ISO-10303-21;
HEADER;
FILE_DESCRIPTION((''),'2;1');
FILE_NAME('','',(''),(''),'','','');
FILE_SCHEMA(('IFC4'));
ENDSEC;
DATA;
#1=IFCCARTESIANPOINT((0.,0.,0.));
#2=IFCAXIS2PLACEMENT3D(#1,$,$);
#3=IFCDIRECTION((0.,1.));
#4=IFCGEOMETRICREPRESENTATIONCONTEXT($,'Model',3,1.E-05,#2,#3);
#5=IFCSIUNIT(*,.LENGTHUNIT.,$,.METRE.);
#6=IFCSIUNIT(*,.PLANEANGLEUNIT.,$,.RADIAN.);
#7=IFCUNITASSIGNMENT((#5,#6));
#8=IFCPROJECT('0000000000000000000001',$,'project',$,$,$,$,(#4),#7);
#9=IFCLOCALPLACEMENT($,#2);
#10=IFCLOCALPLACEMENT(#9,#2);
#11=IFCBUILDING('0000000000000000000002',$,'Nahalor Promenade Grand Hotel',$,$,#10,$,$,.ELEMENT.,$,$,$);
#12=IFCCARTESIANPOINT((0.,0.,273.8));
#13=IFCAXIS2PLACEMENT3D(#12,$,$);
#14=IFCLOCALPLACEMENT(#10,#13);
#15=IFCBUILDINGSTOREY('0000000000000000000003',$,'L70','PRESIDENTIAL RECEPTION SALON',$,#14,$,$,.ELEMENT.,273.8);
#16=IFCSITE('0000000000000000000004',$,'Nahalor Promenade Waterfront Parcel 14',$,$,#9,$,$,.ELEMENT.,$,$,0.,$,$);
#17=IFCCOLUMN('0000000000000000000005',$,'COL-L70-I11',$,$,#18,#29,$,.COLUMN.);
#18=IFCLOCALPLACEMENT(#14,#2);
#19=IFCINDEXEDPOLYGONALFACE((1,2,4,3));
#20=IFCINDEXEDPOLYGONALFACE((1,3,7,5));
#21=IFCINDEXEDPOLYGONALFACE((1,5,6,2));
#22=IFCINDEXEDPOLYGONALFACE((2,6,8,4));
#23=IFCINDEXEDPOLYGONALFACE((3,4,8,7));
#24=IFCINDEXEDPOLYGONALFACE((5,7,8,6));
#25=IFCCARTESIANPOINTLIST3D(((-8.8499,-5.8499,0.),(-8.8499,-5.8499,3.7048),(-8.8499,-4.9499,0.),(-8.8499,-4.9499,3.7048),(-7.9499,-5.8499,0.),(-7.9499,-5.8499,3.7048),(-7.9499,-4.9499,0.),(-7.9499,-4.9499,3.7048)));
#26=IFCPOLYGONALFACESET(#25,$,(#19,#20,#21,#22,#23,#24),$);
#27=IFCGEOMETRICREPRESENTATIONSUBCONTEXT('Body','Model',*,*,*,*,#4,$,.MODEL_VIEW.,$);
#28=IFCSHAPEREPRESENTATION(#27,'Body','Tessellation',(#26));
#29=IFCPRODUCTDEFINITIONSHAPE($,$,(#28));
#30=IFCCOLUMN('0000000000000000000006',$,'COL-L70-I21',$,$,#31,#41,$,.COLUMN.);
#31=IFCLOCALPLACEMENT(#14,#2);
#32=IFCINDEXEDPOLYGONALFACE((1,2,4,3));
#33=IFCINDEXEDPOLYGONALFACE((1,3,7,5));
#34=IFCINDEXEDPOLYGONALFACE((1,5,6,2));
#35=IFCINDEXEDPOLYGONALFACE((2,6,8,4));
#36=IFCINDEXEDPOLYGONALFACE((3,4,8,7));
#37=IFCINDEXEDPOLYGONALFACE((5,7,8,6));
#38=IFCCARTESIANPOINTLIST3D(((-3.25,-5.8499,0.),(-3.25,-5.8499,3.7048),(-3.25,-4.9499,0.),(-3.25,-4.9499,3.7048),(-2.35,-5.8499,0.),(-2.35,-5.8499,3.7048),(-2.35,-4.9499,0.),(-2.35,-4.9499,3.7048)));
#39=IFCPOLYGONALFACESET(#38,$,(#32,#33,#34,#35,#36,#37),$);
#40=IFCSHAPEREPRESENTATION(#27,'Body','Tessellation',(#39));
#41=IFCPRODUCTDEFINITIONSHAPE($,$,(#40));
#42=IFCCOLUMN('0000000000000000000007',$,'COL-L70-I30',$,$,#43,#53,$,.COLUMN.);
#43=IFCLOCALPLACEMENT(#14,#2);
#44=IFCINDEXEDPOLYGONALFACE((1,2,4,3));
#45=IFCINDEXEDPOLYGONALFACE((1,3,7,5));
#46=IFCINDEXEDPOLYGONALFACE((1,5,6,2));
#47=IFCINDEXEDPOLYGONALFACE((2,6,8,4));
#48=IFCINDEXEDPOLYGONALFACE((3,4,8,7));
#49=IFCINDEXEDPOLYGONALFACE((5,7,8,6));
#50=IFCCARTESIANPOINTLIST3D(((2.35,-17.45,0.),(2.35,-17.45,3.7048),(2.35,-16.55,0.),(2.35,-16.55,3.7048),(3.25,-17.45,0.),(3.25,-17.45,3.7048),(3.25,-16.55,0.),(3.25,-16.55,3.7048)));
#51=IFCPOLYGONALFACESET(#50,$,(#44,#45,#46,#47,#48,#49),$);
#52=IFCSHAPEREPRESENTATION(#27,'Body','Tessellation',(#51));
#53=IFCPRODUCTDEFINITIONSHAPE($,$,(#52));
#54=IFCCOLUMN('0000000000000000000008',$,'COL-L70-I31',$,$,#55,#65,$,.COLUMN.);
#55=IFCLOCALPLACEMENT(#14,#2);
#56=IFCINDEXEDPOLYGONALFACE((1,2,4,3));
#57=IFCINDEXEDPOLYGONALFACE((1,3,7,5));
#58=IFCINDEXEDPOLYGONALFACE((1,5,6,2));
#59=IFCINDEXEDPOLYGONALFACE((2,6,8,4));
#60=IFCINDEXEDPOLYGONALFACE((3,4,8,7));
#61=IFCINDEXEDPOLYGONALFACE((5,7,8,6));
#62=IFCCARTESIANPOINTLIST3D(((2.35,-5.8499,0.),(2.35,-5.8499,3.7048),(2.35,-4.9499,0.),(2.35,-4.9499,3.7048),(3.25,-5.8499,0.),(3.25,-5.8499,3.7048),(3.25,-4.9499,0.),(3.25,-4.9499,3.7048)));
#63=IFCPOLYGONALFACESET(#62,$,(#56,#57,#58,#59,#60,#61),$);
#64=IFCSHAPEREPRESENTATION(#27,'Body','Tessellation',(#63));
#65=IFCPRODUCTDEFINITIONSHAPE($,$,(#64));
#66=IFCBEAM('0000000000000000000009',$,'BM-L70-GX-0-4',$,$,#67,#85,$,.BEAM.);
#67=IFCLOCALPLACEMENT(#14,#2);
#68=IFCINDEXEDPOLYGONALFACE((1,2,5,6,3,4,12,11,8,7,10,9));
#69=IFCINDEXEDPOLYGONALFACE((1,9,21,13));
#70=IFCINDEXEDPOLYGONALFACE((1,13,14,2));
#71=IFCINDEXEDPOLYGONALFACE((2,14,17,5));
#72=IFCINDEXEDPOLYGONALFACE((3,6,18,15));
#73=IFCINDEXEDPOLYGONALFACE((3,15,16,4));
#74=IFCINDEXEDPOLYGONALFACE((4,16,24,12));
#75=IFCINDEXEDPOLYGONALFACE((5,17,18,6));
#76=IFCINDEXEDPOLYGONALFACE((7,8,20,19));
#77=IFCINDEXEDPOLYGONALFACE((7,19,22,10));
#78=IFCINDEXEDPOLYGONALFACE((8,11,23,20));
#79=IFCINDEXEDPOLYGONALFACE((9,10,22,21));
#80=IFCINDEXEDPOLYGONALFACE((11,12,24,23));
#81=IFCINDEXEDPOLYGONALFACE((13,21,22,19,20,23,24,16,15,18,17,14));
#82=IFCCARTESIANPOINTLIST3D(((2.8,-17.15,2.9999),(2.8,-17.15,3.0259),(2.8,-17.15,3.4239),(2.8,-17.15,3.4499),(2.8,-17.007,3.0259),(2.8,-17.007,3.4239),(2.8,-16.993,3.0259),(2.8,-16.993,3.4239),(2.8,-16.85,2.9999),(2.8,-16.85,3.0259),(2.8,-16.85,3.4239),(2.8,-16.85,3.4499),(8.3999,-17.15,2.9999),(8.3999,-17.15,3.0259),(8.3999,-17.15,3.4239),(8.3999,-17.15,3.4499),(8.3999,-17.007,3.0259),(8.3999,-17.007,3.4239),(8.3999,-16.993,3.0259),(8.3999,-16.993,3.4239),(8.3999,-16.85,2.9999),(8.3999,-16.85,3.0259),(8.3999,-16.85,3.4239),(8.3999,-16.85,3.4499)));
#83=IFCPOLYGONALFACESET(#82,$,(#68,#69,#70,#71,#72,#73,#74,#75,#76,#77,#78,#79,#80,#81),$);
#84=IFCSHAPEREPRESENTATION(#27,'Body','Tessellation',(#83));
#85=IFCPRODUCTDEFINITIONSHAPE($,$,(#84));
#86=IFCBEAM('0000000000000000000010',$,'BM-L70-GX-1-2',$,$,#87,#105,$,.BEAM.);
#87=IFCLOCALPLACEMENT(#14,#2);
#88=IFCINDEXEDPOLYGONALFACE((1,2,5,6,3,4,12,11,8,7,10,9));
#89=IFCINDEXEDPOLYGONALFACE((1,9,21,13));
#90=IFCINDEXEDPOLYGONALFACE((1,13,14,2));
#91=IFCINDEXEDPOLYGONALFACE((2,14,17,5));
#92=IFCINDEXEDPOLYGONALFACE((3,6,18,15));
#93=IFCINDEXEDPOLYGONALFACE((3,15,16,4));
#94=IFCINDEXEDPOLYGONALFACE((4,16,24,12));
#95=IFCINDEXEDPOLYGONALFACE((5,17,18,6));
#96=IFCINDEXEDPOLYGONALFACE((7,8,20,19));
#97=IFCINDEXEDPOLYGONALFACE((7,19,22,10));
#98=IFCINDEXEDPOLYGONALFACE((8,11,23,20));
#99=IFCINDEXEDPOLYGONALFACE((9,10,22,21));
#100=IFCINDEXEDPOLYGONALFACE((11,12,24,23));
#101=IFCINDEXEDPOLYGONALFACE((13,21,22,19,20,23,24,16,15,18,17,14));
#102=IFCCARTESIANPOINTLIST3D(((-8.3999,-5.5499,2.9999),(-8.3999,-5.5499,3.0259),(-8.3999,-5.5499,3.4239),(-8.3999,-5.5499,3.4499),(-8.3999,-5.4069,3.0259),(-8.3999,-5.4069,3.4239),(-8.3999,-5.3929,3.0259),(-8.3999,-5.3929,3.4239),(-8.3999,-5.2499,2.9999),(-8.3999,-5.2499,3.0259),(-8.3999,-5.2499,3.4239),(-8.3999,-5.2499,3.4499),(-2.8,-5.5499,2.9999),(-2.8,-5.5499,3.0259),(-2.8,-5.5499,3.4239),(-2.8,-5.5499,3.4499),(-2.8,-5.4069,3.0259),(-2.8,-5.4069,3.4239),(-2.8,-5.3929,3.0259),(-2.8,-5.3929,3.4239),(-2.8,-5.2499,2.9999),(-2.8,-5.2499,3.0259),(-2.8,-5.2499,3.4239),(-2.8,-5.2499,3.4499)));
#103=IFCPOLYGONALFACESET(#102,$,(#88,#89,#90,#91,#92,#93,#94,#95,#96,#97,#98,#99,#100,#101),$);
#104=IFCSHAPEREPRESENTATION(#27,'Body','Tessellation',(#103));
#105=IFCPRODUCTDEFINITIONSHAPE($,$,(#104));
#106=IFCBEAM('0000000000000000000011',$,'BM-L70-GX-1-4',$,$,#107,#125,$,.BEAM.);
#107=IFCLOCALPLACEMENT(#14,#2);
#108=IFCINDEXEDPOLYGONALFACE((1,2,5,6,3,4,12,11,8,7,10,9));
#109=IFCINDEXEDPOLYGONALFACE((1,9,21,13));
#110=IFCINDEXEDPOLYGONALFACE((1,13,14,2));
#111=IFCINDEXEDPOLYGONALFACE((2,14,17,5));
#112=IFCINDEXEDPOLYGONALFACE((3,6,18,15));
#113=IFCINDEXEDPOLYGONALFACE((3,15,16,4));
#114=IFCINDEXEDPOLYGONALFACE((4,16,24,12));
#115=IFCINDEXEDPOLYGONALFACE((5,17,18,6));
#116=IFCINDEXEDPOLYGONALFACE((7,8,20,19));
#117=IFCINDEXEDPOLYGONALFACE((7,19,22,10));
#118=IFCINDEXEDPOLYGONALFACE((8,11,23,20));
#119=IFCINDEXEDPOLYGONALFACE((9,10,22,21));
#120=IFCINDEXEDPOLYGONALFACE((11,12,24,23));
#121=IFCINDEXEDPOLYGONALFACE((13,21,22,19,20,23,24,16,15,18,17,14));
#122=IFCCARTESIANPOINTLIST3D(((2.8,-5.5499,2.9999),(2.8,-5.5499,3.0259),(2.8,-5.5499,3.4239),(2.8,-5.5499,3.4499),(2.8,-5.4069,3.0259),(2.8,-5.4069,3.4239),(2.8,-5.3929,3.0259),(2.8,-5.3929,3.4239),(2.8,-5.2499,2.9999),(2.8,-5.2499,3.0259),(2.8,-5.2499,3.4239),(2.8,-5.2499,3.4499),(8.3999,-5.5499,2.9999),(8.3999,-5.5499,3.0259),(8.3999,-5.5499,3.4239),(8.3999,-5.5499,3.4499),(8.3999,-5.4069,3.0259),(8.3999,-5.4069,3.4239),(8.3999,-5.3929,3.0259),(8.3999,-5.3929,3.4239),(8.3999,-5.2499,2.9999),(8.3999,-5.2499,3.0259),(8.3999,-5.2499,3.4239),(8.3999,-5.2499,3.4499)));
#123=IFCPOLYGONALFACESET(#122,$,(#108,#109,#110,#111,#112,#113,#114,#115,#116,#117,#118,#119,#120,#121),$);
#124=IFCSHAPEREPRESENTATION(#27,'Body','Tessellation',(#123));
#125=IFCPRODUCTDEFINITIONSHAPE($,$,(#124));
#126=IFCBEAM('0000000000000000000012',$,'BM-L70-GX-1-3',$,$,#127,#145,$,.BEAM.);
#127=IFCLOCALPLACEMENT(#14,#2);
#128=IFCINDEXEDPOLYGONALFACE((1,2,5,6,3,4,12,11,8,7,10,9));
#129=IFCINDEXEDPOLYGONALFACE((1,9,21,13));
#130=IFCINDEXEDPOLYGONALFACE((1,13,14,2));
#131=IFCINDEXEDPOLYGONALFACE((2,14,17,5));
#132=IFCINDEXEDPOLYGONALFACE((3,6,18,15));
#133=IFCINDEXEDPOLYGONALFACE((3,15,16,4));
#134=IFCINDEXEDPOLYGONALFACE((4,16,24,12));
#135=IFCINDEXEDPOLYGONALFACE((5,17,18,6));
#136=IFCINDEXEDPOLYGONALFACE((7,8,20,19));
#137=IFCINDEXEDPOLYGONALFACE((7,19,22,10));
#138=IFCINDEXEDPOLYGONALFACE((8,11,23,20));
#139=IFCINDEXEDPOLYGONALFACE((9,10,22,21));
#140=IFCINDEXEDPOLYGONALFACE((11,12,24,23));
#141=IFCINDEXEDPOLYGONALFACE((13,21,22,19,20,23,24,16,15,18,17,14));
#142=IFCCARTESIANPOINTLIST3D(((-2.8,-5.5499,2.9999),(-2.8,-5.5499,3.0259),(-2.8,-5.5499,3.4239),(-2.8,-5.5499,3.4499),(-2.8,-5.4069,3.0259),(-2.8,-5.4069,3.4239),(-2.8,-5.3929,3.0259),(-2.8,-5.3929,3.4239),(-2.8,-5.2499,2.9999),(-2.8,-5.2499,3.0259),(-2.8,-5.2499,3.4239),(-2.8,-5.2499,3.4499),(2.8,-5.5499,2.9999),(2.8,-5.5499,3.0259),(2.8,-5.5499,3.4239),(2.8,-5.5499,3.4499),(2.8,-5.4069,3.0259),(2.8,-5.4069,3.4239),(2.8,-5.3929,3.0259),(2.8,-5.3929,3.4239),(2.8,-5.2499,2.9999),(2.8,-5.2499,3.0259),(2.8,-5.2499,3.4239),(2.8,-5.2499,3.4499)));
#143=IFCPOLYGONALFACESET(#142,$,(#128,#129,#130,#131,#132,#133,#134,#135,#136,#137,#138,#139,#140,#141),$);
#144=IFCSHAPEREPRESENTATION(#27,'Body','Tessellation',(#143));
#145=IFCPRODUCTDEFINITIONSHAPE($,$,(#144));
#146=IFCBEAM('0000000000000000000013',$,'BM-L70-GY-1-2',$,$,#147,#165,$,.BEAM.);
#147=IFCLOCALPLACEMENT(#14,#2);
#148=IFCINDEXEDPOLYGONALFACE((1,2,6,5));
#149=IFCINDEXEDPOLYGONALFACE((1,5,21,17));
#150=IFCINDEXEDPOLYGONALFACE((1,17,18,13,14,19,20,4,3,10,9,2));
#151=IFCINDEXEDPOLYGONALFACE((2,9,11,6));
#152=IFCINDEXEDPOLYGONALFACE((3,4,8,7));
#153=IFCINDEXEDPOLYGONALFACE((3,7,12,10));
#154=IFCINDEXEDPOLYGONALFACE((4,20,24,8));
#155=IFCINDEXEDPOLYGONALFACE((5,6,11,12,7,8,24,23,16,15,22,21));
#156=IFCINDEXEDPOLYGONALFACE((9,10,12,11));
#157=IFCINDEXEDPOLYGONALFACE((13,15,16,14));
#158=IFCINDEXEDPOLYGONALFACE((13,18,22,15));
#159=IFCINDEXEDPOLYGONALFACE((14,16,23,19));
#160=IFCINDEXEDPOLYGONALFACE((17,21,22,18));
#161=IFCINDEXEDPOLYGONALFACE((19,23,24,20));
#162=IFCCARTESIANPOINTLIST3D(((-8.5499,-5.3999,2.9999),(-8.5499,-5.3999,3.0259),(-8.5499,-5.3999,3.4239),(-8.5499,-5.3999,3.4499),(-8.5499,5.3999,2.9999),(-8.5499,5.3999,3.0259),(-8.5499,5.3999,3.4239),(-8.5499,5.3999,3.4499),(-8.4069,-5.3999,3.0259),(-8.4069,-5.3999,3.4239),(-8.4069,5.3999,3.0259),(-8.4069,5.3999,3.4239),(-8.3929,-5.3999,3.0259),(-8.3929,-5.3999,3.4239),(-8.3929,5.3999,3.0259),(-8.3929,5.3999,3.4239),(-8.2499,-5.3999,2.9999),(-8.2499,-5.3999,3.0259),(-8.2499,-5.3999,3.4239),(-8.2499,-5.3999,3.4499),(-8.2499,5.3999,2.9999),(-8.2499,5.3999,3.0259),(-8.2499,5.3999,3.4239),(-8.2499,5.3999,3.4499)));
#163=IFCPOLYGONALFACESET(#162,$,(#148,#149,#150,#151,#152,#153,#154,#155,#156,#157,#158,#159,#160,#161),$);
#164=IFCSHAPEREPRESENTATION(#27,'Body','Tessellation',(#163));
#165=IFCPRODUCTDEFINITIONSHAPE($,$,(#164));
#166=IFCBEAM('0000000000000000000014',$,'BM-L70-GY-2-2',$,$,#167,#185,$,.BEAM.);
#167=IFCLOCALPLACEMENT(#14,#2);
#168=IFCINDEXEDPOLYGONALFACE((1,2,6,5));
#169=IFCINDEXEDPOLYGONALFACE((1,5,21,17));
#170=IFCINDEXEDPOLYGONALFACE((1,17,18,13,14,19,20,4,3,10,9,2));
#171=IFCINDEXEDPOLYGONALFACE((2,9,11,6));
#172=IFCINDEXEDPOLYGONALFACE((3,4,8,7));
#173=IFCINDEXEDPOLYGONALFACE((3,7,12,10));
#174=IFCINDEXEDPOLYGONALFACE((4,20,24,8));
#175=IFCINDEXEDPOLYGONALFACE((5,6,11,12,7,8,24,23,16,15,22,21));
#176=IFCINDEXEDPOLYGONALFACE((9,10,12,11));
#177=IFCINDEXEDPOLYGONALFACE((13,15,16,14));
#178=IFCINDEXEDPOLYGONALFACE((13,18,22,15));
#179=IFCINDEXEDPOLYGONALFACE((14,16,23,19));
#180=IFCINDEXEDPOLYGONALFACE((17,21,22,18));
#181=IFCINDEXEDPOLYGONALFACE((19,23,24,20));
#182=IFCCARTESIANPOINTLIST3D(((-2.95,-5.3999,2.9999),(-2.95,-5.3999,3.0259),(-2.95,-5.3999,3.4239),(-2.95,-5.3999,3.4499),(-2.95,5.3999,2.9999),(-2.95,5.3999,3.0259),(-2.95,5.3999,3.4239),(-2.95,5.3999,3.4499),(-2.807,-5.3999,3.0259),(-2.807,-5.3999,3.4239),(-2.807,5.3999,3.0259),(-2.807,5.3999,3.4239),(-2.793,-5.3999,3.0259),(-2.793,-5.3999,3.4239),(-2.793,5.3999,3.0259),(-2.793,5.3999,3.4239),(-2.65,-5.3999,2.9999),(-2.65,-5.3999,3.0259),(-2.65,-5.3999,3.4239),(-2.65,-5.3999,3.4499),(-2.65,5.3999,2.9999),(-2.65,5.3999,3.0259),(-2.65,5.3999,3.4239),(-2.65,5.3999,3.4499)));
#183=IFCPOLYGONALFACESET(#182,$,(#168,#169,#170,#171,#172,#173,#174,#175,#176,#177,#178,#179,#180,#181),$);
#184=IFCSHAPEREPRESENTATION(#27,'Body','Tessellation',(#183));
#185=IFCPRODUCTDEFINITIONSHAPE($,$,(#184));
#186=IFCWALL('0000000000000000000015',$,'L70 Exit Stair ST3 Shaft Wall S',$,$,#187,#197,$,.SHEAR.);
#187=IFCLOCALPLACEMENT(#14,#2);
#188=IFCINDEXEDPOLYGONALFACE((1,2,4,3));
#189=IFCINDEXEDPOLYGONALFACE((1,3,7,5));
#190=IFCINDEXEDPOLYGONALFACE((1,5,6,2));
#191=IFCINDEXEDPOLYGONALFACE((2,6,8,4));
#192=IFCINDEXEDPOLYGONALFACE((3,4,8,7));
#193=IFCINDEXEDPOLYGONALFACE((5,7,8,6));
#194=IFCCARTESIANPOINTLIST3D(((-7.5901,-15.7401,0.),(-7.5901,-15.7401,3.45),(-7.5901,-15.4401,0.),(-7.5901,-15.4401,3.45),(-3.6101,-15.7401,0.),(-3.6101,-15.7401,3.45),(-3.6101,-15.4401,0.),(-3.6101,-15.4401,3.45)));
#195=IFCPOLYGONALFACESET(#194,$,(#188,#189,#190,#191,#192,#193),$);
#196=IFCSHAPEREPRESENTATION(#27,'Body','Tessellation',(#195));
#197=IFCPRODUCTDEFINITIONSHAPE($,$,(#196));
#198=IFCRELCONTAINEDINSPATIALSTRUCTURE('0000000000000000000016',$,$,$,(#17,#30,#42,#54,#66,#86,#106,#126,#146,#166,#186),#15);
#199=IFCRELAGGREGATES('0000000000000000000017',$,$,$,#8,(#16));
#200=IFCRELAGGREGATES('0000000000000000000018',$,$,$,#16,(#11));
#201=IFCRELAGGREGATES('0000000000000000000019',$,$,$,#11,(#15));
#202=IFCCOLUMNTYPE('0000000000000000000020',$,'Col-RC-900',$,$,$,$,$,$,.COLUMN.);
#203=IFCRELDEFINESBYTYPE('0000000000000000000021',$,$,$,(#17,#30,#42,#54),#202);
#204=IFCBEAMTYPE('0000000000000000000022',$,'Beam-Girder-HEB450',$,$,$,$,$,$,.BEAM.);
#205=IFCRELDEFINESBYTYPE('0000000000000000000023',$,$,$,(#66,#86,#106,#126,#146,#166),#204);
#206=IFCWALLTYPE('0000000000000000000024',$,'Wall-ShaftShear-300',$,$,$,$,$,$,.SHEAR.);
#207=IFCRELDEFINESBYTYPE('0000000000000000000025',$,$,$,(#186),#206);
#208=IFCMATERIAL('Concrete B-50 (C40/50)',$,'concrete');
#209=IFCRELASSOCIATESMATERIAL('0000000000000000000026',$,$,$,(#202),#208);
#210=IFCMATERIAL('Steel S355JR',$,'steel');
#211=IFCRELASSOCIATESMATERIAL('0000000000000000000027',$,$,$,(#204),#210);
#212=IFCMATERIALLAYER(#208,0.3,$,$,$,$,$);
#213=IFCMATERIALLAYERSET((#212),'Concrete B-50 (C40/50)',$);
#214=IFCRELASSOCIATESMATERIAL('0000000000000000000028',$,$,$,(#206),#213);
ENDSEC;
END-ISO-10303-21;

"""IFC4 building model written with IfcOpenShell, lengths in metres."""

from ifc_helpers import new_model, si_unit, direction, frame, frame_2d, origin, origin_2d, place, context, subcontext, project, spatial, rectangle, i_section, extrude, source, transform, mapped, material, layer, layer_set, material_profile, profile_set, type_object, element, save


model = new_model("IFC4")

# Units and contexts
model_context = context("Model", 3, precision=1e-05, world=origin(), true_north=direction((0.0, 1.0)))
body_context = subcontext(model_context, "Body", "Model", "MODEL_VIEW")
ifc_project = project(units=[si_unit("LENGTHUNIT", "METRE"), si_unit("PLANEANGLEUNIT", "RADIAN")], contexts=[model_context])

# Site, building, storey
site_placement = place(None, origin())
site = spatial("IfcSite", under=ifc_project, at=site_placement, Name="Nahalor Promenade Waterfront Parcel 14", CompositionType="ELEMENT", RefElevation=0.0)
building_placement = place(site_placement, origin())
building = spatial("IfcBuilding", under=site, at=building_placement, Name="Nahalor Promenade Grand Hotel", CompositionType="ELEMENT")
storey_placement = place(building_placement, frame((0.0, 0.0, 273.8)))
storey = spatial("IfcBuildingStorey", under=building, at=storey_placement, Name="L70", Description="PRESIDENTIAL RECEPTION SALON", CompositionType="ELEMENT", Elevation=273.8)

# Columns
ifc_material_1 = material(Name="Concrete B-50 (C40/50)", Category="concrete")
ifc_material_profile_1 = material_profile(ifc_material_1, rectangle(XDim=0.9, YDim=0.9, at=origin_2d()), Name="RC 900x900")
ifc_profile_set_1 = profile_set([ifc_material_profile_1], Name="Concrete B-50 (C40/50)")
column_type = type_object("IfcColumnType", Name="Col-RC-900", PredefinedType="COLUMN", material=ifc_profile_set_1)
shared_shape_1 = source(origin(), body_context, "Body", "SweptSolid", [
    extrude(rectangle(XDim=0.9, YDim=0.9, at=origin_2d()), origin(), (0.0, 0.0, 1.0), 3.7048),
])
for number, where, z_axis, x_axis, name in (
    (1, (-8.3999, -5.3999, 0.0), (0.0, 0.0, 1.0), (1.0, 0.0, 0.0), "COL-L70-I11"),
    (2, (-2.8, -5.3999, 0.0), (0.0, 0.0, 1.0), (1.0, 0.0, 0.0), "COL-L70-I21"),
    (3, (2.8, -17.0, 0.0), (0.0, 0.0, 1.0), (1.0, 0.0, 0.0), "COL-L70-I30"),
    (4, (2.8, -5.3999, 0.0), (0.0, 0.0, 1.0), (1.0, 0.0, 0.0), "COL-L70-I31"),
):
    element("IfcColumn", number, at=place(storey_placement, frame(where, z_axis=z_axis, x_axis=x_axis)), inside=storey, type_object=column_type, Name=name, PredefinedType="COLUMN", context=body_context, shape_type="MappedRepresentation", body=[
        mapped(shared_shape_1, transform((0.0, 0.0, 0.0), scale=1.0)),
    ])

# Beams
ifc_material_2 = material(Name="Steel S355JR", Category="steel")
ifc_material_profile_2 = material_profile(ifc_material_2, i_section(OverallWidth=0.3, OverallDepth=0.45, WebThickness=0.014, FlangeThickness=0.026, at=origin_2d()), Name="HEB 450")
ifc_profile_set_2 = profile_set([ifc_material_profile_2], Name="Steel S355JR")
beam_type = type_object("IfcBeamType", Name="Beam-Girder-HEB450", PredefinedType="BEAM", material=ifc_profile_set_2)
shared_shape_2 = source(origin(), body_context, "Body", "SweptSolid", [
    extrude(i_section(OverallWidth=0.3, OverallDepth=0.45, WebThickness=0.014, FlangeThickness=0.026, at=origin_2d()), origin(), (0.0, 0.0, 1.0), 5.5999),
])
for number, where, z_axis, x_axis, name in (
    (5, (2.8, -17.0, 3.2249), (1.0, 0.0, 0.0), (0.0, 1.0, 0.0), "BM-L70-GX-0-4"),
    (6, (-8.3999, -5.3999, 3.2249), (1.0, 0.0, 0.0), (0.0, 1.0, 0.0), "BM-L70-GX-1-2"),
    (7, (2.8, -5.3999, 3.2249), (1.0, 0.0, 0.0), (0.0, 1.0, 0.0), "BM-L70-GX-1-4"),
):
    element("IfcBeam", number, at=place(storey_placement, frame(where, z_axis=z_axis, x_axis=x_axis)), inside=storey, type_object=beam_type, Name=name, PredefinedType="BEAM", context=body_context, shape_type="MappedRepresentation", body=[
        mapped(shared_shape_2, transform((0.0, 0.0, 0.0), scale=1.0)),
    ])
shared_shape_3 = source(origin(), body_context, "Body", "SweptSolid", [
    extrude(i_section(OverallWidth=0.3, OverallDepth=0.45, WebThickness=0.014, FlangeThickness=0.026, at=origin_2d()), origin(), (0.0, 0.0, 1.0), 5.6001),
])
beam_placement = place(storey_placement, frame((-2.8, -5.3999, 3.2249), z_axis=(1.0, 0.0, 0.0), x_axis=(0.0, 1.0, 0.0)))
element("IfcBeam", 8, at=beam_placement, inside=storey, type_object=beam_type, Name="BM-L70-GX-1-3", PredefinedType="BEAM", context=body_context, shape_type="MappedRepresentation", body=[
    mapped(shared_shape_3, transform((0.0, 0.0, 0.0), scale=1.0)),
])
shared_shape_4 = source(origin(), body_context, "Body", "SweptSolid", [
    extrude(i_section(OverallWidth=0.3, OverallDepth=0.45, WebThickness=0.014, FlangeThickness=0.026, at=origin_2d()), origin(), (0.0, 0.0, 1.0), 10.7998),
])
for number, where, z_axis, x_axis, name in (
    (9, (-8.3999, -5.3999, 3.2249), (0.0, 1.0, 0.0), (-1.0, 0.0, 0.0), "BM-L70-GY-1-2"),
    (10, (-2.8, -5.3999, 3.2249), (0.0, 1.0, 0.0), (-1.0, 0.0, 0.0), "BM-L70-GY-2-2"),
):
    element("IfcBeam", number, at=place(storey_placement, frame(where, z_axis=z_axis, x_axis=x_axis)), inside=storey, type_object=beam_type, Name=name, PredefinedType="BEAM", context=body_context, shape_type="MappedRepresentation", body=[
        mapped(shared_shape_4, transform((0.0, 0.0, 0.0), scale=1.0)),
    ])

# Wall
ifc_layer_1 = layer(ifc_material_1, 0.3)
ifc_layer_set_1 = layer_set([ifc_layer_1], Name="Concrete B-50 (C40/50)")
wall_type_1 = type_object("IfcWallType", Name="Wall-ShaftShear-300", PredefinedType="SHEAR", material=ifc_layer_set_1)
shared_shape_5 = source(origin(), body_context, "Body", "SweptSolid", [
    extrude(rectangle(XDim=3.98, YDim=0.3, at=frame_2d((1.99, 0.0))), origin(), (0.0, 0.0, 1.0), 3.45),
])
wall_1_placement = place(storey_placement, frame((-7.5901, -15.5901, 0.0), z_axis=(0.0, 0.0, 1.0), x_axis=(1.0, 0.0, 0.0)))
element("IfcWall", 11, at=wall_1_placement, inside=storey, type_object=wall_type_1, Name="L70 Exit Stair ST3 Shaft Wall S", PredefinedType="SHEAR", context=body_context, shape_type="MappedRepresentation", body=[
    mapped(shared_shape_5, transform((0.0, 0.0, 0.0), scale=1.0)),
])

save(model, "model.ifc")
